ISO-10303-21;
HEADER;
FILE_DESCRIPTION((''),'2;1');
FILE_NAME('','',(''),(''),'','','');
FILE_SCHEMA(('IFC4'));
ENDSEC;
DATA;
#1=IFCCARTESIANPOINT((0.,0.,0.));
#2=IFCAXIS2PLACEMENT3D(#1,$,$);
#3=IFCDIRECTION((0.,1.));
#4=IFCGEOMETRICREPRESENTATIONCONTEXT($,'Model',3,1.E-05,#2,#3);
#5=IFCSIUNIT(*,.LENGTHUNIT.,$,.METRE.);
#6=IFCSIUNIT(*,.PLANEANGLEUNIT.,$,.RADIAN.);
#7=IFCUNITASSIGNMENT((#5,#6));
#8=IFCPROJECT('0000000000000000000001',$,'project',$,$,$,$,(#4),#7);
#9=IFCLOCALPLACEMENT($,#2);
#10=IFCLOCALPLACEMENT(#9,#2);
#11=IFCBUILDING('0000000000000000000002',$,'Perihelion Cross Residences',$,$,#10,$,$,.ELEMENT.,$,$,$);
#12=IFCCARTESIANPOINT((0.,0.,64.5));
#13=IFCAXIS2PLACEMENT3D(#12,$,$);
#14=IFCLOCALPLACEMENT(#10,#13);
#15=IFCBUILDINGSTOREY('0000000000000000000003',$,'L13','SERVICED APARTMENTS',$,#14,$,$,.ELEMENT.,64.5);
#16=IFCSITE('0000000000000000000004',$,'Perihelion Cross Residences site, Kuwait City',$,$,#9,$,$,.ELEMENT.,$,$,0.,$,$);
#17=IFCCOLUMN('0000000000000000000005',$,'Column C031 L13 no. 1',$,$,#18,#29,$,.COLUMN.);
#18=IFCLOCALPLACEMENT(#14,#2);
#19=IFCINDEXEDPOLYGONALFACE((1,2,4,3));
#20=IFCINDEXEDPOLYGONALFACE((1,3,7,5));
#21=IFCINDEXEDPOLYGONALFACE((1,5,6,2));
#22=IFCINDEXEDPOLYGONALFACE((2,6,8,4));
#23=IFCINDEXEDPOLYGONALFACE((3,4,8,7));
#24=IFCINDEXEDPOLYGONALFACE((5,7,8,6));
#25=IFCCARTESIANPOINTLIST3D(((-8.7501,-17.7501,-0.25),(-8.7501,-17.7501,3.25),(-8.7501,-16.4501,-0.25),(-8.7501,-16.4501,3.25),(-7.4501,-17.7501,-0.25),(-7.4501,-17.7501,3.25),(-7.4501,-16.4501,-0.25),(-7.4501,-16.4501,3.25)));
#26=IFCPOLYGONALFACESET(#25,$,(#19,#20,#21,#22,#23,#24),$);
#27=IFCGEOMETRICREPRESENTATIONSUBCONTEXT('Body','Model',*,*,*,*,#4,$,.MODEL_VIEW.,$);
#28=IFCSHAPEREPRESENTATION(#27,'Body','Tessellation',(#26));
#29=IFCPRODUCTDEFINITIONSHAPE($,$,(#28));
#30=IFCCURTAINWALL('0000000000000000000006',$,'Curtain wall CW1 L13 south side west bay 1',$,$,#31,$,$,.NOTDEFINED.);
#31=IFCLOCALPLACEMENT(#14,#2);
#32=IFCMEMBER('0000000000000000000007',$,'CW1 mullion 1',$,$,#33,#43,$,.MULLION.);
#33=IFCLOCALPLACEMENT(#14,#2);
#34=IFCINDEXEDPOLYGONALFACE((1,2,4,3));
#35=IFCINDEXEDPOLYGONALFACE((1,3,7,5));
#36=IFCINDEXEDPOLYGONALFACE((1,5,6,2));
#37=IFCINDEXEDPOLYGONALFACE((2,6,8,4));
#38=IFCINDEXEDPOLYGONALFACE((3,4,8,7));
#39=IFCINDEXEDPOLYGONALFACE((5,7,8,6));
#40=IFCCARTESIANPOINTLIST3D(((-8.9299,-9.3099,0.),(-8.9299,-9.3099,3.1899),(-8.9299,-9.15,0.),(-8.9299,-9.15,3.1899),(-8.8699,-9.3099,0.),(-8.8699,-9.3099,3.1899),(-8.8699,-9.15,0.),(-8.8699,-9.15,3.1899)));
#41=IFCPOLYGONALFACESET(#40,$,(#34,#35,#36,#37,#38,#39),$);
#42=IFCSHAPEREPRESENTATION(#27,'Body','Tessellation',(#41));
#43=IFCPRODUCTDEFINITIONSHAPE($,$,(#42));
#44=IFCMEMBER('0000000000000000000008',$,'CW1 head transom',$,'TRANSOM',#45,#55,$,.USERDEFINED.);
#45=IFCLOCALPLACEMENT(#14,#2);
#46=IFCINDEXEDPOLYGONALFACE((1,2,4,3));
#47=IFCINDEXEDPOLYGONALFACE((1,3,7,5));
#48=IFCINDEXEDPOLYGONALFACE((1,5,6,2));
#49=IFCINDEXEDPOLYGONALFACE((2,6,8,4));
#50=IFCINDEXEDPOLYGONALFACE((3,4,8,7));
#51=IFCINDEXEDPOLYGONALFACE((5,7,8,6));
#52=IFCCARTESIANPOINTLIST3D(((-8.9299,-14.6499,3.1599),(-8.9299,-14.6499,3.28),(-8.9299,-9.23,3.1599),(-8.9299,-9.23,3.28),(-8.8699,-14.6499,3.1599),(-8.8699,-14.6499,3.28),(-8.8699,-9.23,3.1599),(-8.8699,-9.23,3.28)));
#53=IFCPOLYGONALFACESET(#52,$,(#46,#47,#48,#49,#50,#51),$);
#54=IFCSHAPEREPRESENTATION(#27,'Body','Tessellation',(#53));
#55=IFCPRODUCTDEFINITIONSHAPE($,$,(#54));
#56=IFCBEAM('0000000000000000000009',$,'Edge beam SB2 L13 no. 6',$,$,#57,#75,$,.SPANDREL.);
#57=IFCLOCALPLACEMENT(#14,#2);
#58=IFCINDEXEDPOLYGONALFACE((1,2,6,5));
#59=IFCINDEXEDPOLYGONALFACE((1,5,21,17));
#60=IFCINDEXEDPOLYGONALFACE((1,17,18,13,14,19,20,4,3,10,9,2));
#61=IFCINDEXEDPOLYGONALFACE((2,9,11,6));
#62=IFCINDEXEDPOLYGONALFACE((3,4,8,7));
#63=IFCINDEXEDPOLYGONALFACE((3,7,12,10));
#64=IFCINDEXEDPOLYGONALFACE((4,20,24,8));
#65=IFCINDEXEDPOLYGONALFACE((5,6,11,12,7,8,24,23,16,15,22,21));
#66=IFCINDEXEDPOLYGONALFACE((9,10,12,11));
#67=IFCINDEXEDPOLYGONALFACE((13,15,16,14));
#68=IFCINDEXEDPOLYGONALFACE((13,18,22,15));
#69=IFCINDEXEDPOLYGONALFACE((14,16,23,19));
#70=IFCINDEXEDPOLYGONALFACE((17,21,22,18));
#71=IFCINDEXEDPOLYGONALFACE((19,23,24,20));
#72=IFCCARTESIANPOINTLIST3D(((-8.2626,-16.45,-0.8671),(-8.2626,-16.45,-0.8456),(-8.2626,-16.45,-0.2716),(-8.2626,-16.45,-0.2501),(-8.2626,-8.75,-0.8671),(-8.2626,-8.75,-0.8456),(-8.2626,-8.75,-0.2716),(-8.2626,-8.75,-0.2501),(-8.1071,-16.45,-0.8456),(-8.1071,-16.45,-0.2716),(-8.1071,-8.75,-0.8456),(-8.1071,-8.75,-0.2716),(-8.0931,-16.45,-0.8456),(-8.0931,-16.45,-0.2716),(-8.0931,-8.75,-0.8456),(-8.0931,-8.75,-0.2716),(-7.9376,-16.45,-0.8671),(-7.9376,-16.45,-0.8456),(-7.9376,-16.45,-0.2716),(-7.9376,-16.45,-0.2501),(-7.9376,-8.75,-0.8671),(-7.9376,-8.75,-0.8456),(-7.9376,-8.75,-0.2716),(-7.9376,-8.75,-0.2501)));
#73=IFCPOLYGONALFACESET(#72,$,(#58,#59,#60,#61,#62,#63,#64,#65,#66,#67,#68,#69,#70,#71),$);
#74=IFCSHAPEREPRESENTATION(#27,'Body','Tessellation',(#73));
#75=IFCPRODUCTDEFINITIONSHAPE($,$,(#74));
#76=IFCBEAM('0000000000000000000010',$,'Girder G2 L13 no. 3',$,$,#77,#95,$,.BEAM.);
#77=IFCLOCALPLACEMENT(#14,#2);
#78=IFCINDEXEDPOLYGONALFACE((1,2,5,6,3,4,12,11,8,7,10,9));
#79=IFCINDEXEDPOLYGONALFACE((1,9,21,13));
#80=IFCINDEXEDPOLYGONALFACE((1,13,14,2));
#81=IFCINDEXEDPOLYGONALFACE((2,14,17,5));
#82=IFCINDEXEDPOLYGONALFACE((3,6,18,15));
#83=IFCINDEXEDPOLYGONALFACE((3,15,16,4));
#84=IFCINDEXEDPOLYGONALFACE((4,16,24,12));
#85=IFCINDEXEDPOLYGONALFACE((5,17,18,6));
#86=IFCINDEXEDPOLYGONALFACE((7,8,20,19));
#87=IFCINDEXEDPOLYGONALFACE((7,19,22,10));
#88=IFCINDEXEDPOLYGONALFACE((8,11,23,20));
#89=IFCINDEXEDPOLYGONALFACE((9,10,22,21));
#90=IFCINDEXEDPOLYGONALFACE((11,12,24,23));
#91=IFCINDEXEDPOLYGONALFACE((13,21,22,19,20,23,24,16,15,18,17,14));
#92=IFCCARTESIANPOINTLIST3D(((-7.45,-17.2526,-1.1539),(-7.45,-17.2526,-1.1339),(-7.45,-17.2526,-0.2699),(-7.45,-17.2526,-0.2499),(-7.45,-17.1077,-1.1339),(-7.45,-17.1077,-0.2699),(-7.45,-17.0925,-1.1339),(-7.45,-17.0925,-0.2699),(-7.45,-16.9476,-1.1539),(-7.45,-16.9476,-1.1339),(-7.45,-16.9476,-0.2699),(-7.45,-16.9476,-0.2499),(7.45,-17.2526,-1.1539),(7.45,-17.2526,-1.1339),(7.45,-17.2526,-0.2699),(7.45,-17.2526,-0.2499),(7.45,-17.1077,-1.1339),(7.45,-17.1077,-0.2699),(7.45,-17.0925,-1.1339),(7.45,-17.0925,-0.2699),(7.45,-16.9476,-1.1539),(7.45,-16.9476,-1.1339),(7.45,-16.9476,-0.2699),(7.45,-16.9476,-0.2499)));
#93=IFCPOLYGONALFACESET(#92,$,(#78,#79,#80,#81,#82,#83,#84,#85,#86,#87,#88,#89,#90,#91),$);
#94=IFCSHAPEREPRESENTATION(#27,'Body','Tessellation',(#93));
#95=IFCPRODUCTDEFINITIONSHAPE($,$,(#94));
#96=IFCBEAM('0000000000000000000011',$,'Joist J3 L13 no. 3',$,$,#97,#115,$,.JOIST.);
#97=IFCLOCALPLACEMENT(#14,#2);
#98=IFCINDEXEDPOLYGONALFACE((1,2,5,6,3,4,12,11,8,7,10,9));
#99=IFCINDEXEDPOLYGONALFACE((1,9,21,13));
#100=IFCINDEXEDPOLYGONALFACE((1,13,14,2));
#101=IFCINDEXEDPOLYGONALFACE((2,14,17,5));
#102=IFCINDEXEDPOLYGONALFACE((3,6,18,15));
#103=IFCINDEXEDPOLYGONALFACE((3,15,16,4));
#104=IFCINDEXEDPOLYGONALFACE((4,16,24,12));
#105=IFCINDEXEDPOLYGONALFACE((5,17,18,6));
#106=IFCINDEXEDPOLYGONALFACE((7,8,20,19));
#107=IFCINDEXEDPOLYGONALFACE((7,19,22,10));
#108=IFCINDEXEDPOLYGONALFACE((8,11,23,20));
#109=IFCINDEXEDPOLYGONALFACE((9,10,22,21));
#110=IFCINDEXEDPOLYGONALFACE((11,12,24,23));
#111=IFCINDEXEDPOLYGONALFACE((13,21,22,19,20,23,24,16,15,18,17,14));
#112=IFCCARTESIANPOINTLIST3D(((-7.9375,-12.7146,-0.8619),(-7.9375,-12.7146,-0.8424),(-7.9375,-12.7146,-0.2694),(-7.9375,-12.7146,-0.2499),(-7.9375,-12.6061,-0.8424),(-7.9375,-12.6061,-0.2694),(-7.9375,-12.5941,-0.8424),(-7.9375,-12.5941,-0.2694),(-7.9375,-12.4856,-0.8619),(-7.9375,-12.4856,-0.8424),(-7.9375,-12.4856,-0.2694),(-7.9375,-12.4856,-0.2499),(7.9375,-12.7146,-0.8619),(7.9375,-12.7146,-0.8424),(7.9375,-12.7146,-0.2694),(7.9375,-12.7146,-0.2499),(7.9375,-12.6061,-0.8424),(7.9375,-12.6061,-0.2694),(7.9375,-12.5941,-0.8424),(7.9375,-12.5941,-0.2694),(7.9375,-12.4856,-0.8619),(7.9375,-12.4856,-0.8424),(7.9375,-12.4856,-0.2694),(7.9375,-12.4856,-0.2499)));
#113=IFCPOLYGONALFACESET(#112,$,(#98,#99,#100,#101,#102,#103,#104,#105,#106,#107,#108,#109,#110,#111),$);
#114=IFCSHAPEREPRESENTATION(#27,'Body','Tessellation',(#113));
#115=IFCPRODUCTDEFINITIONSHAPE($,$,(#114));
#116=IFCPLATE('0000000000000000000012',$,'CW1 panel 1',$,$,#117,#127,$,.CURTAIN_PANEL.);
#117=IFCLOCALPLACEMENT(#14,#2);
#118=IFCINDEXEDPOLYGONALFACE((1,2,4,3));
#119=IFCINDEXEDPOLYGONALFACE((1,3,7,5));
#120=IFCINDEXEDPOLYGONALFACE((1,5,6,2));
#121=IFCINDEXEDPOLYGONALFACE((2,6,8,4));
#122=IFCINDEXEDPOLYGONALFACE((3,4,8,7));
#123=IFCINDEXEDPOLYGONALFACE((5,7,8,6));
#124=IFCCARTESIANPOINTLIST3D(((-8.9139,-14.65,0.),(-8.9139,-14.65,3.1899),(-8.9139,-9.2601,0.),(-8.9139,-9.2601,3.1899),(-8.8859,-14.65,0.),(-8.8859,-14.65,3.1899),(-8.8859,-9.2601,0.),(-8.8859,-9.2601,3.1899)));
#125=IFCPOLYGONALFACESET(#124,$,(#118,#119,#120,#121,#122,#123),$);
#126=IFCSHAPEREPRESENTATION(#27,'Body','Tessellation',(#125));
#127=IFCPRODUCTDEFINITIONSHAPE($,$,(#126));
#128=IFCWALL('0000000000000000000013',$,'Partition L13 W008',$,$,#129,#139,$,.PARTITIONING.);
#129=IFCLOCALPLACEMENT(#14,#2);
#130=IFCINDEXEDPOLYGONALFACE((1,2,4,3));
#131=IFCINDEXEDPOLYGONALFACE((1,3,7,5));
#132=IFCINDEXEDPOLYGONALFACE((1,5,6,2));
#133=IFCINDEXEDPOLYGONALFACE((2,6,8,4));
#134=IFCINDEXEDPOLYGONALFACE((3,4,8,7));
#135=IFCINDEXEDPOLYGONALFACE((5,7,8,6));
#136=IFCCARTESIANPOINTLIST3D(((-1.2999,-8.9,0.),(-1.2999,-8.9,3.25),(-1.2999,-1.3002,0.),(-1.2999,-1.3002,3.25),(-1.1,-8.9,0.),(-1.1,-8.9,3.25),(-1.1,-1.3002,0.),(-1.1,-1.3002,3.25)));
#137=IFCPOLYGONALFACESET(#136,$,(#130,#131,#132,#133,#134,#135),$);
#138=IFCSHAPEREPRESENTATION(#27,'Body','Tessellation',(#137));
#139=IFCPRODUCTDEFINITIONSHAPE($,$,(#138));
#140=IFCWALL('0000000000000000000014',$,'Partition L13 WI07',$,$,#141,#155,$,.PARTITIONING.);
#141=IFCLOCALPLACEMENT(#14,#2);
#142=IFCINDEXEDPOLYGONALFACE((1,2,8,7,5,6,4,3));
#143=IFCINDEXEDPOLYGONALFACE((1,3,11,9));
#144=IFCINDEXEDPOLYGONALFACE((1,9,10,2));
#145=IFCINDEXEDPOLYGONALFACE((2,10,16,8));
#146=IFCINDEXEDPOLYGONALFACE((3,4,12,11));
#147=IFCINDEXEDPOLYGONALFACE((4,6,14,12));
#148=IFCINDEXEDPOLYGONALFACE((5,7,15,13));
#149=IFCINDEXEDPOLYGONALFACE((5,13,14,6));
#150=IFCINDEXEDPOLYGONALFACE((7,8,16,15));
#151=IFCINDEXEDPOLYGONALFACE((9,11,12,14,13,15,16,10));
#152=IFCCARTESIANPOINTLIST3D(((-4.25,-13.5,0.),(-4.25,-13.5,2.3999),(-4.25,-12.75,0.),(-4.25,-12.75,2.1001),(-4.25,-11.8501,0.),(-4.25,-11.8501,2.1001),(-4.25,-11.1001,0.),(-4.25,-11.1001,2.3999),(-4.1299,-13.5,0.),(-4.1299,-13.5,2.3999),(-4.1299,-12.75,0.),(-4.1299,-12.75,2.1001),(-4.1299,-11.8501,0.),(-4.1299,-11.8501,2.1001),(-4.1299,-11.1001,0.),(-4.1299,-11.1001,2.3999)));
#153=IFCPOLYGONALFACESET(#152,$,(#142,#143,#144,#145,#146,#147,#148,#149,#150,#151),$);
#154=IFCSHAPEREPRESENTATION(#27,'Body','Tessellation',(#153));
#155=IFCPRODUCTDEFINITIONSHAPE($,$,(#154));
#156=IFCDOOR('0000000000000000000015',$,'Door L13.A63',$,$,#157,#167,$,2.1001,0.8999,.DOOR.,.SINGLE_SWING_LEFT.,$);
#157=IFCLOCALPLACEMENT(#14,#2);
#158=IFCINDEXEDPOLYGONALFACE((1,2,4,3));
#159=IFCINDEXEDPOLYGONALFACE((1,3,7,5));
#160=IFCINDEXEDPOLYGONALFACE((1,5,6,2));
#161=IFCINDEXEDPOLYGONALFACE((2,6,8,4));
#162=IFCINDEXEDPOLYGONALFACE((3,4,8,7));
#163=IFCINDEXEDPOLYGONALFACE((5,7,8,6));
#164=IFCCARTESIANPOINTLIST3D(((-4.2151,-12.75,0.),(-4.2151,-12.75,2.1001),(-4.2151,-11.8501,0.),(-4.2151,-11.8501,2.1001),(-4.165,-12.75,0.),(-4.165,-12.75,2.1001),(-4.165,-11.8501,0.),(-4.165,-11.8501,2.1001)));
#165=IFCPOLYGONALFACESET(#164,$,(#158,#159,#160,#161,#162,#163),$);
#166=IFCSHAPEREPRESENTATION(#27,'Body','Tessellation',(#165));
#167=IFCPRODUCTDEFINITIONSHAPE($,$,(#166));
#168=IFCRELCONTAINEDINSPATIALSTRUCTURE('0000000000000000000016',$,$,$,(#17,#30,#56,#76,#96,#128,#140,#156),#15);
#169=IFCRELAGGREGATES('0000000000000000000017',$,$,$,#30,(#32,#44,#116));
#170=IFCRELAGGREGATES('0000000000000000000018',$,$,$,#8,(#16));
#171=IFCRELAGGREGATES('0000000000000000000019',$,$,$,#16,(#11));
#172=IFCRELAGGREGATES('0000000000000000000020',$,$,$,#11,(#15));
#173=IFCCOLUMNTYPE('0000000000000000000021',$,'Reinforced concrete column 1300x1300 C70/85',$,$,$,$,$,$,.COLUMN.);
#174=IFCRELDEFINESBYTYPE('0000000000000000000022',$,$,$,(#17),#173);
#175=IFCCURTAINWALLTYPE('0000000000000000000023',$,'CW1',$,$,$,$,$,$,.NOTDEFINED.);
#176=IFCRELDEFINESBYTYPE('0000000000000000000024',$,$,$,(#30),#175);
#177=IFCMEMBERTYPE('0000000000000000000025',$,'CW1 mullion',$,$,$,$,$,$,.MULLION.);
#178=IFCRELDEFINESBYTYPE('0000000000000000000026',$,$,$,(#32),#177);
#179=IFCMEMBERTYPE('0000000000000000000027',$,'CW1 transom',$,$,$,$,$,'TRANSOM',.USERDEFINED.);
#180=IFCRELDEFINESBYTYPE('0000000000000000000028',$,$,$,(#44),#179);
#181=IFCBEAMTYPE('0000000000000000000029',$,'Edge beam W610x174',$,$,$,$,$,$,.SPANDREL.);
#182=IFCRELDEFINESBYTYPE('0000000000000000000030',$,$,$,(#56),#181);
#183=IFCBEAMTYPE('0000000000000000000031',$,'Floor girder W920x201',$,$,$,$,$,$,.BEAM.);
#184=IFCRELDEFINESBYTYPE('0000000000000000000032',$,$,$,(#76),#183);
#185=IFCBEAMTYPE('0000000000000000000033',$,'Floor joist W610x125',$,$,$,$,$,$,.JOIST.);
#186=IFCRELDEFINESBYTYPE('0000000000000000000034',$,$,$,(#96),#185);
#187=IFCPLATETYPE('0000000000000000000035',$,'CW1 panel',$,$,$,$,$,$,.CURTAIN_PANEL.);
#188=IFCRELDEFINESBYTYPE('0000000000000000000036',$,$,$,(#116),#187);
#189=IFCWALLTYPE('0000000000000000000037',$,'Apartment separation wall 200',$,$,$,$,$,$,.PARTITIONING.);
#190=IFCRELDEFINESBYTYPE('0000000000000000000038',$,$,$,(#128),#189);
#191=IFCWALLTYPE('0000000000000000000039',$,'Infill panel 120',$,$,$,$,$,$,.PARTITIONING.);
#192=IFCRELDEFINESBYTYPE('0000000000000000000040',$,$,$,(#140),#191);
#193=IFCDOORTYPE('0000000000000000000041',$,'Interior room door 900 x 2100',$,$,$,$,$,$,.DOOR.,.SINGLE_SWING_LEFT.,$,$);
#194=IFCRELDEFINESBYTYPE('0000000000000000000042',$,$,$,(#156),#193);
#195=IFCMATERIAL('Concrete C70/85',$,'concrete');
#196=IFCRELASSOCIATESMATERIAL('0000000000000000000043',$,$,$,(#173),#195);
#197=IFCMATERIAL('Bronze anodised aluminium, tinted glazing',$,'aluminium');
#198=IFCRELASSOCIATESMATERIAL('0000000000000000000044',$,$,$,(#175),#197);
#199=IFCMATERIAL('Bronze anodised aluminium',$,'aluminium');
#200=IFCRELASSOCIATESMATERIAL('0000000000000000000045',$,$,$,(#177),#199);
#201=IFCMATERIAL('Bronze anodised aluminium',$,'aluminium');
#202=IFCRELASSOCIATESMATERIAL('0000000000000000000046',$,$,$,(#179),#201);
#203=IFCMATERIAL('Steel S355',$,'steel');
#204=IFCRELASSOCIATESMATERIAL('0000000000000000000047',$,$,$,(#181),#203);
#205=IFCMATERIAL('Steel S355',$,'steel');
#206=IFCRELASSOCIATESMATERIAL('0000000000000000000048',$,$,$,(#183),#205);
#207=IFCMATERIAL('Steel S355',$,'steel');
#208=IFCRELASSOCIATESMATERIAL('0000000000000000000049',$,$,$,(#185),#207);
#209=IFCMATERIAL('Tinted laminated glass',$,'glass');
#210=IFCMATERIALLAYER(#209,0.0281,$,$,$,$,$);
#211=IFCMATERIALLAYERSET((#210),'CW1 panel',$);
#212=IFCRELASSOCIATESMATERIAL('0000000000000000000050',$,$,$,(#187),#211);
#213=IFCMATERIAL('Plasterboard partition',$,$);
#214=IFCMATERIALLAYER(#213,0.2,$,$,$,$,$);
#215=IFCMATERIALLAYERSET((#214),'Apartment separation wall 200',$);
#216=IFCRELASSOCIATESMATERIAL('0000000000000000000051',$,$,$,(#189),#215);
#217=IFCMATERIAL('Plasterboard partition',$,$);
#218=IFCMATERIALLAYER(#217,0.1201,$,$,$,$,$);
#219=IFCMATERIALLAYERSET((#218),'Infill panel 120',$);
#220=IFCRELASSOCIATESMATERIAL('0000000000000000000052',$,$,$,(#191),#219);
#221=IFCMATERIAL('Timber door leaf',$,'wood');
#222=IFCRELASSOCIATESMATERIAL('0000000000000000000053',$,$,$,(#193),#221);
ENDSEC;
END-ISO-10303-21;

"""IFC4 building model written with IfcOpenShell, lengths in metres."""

from ifc_helpers import new_model, si_unit, direction, frame, frame_2d, origin, origin_2d, place, context, subcontext, project, spatial, rectangle, i_section, extrude, material, layer, layer_set, material_profile, profile_set, type_object, element, fill, aggregate, save


model = new_model("IFC4")

# Units and contexts
model_context = context("Model", 3, precision=1e-05, world=origin(), true_north=direction((0.0, 1.0)))
body_context = subcontext(model_context, "Body", "Model", "MODEL_VIEW")
ifc_project = project(units=[si_unit("LENGTHUNIT", "METRE"), si_unit("PLANEANGLEUNIT", "RADIAN")], contexts=[model_context])

# Site, building, storey
site_placement = place(None, origin())
site = spatial("IfcSite", under=ifc_project, at=site_placement, Name="Perihelion Cross Residences site, Kuwait City", CompositionType="ELEMENT", RefElevation=0.0)
building_placement = place(site_placement, origin())
building = spatial("IfcBuilding", under=site, at=building_placement, Name="Perihelion Cross Residences", CompositionType="ELEMENT")
storey_placement = place(building_placement, frame((0.0, 0.0, 64.5)))
storey = spatial("IfcBuildingStorey", under=building, at=storey_placement, Name="L13", Description="SERVICED APARTMENTS", CompositionType="ELEMENT", Elevation=64.5)

# Column
ifc_material_1 = material(Name="Concrete C70/85", Category="concrete")
ifc_material_profile_1 = material_profile(ifc_material_1, rectangle(XDim=1.3, YDim=1.3, at=origin_2d()), Name="RC 1300x1300")
ifc_profile_set_1 = profile_set([ifc_material_profile_1], Name="Concrete C70/85")
column_type = type_object("IfcColumnType", Name="Reinforced concrete column 1300x1300 C70/85", PredefinedType="COLUMN", material=ifc_profile_set_1)
column_placement = place(storey_placement, frame((-8.1001, -17.1001, -0.25), z_axis=(0.0, 0.0, 1.0), x_axis=(1.0, 0.0, 0.0)))
element("IfcColumn", 1, at=column_placement, inside=storey, type_object=column_type, Name="Column C031 L13 no. 1", PredefinedType="COLUMN", context=body_context, shape_type="SweptSolid", body=[
    extrude(rectangle(XDim=1.3, YDim=1.3, at=origin_2d()), origin(), (0.0, 0.0, 1.0), 3.5),
])

# Curtain wall, members
ifc_material_2 = material(Name="Bronze anodised aluminium, tinted glazing", Category="aluminium")
curtain_wall_type = type_object("IfcCurtainWallType", Name="CW1", PredefinedType="NOTDEFINED", material=ifc_material_2)
curtain_wall_placement = place(storey_placement, origin())
curtain_wall = element("IfcCurtainWall", 2, at=curtain_wall_placement, inside=storey, type_object=curtain_wall_type, Name="Curtain wall CW1 L13 south side west bay 1", PredefinedType="NOTDEFINED")
ifc_material_3 = material(Name="Bronze anodised aluminium", Category="aluminium")
ifc_material_profile_2 = material_profile(ifc_material_3, rectangle(XDim=0.0601, YDim=0.1599, at=origin_2d()), Name="CW1 mullion")
ifc_profile_set_2 = profile_set([ifc_material_profile_2], Name="Bronze anodised aluminium")
member_type_1 = type_object("IfcMemberType", Name="CW1 mullion", PredefinedType="MULLION", material=ifc_profile_set_2)
member_1_placement = place(storey_placement, frame((-8.8999, -9.23, 0.0), z_axis=(0.0, 0.0, 1.0), x_axis=(1.0, 0.0, 0.0)))
member_1 = element("IfcMember", 3, at=member_1_placement, type_object=member_type_1, Name="CW1 mullion 1", PredefinedType="MULLION", context=body_context, shape_type="SweptSolid", body=[
    extrude(rectangle(XDim=0.0601, YDim=0.1599, at=origin_2d()), origin(), (0.0, 0.0, 1.0), 3.1899),
])
ifc_material_4 = material(Name="Bronze anodised aluminium", Category="aluminium")
ifc_material_profile_3 = material_profile(ifc_material_4, rectangle(XDim=0.0601, YDim=0.1201, at=origin_2d()), Name="CW1 transom")
ifc_profile_set_3 = profile_set([ifc_material_profile_3], Name="Bronze anodised aluminium")
member_type_2 = type_object("IfcMemberType", Name="CW1 transom", ElementType="TRANSOM", PredefinedType="USERDEFINED", material=ifc_profile_set_3)
member_2_placement = place(storey_placement, frame((-8.8999, -9.23, 3.22), z_axis=(0.0, -1.0, 0.0), x_axis=(1.0, 0.0, 0.0)))
member_2 = element("IfcMember", 4, at=member_2_placement, type_object=member_type_2, Name="CW1 head transom", ObjectType="TRANSOM", PredefinedType="USERDEFINED", context=body_context, shape_type="SweptSolid", body=[
    extrude(rectangle(XDim=0.0601, YDim=0.1201, at=origin_2d()), origin(), (0.0, 0.0, 1.0), 5.4199),
])

# Beams
ifc_material_5 = material(Name="Steel S355", Category="steel")
ifc_material_profile_4 = material_profile(ifc_material_5, i_section(OverallWidth=0.325, OverallDepth=0.6169, WebThickness=0.0139, FlangeThickness=0.0215, at=origin_2d()), Name="W610x174")
ifc_profile_set_4 = profile_set([ifc_material_profile_4], Name="Steel S355")
beam_type_1 = type_object("IfcBeamType", Name="Edge beam W610x174", PredefinedType="SPANDREL", material=ifc_profile_set_4)
beam_1_placement = place(storey_placement, frame((-8.1001, -8.75, -0.5586), z_axis=(0.0, -1.0, 0.0), x_axis=(1.0, 0.0, 0.0)))
element("IfcBeam", 5, at=beam_1_placement, inside=storey, type_object=beam_type_1, Name="Edge beam SB2 L13 no. 6", PredefinedType="SPANDREL", context=body_context, shape_type="SweptSolid", body=[
    extrude(i_section(OverallWidth=0.325, OverallDepth=0.6169, WebThickness=0.0139, FlangeThickness=0.0215, at=origin_2d()), origin(), (0.0, 0.0, 1.0), 7.7),
])
ifc_material_6 = material(Name="Steel S355", Category="steel")
ifc_material_profile_5 = material_profile(ifc_material_6, i_section(OverallWidth=0.3049, OverallDepth=0.9041, WebThickness=0.0151, FlangeThickness=0.02, at=origin_2d()), Name="W920x201")
ifc_profile_set_5 = profile_set([ifc_material_profile_5], Name="Steel S355")
beam_type_2 = type_object("IfcBeamType", Name="Floor girder W920x201", PredefinedType="BEAM", material=ifc_profile_set_5)
beam_2_placement = place(storey_placement, frame((-7.45, -17.1001, -0.7019), z_axis=(1.0, 0.0, 0.0), x_axis=(0.0, 1.0, 0.0)))
element("IfcBeam", 6, at=beam_2_placement, inside=storey, type_object=beam_type_2, Name="Girder G2 L13 no. 3", PredefinedType="BEAM", context=body_context, shape_type="SweptSolid", body=[
    extrude(i_section(OverallWidth=0.3049, OverallDepth=0.9041, WebThickness=0.0151, FlangeThickness=0.02, at=origin_2d()), origin(), (0.0, 0.0, 1.0), 14.8999),
])
ifc_material_7 = material(Name="Steel S355", Category="steel")
ifc_material_profile_6 = material_profile(ifc_material_7, i_section(OverallWidth=0.229, OverallDepth=0.6121, WebThickness=0.012, FlangeThickness=0.0195, at=origin_2d()), Name="W610x125")
ifc_profile_set_6 = profile_set([ifc_material_profile_6], Name="Steel S355")
beam_type_3 = type_object("IfcBeamType", Name="Floor joist W610x125", PredefinedType="JOIST", material=ifc_profile_set_6)
beam_3_placement = place(storey_placement, frame((-7.9375, -12.6001, -0.5559), z_axis=(1.0, 0.0, 0.0), x_axis=(0.0, 1.0, 0.0)))
element("IfcBeam", 7, at=beam_3_placement, inside=storey, type_object=beam_type_3, Name="Joist J3 L13 no. 3", PredefinedType="JOIST", context=body_context, shape_type="SweptSolid", body=[
    extrude(i_section(OverallWidth=0.229, OverallDepth=0.6121, WebThickness=0.012, FlangeThickness=0.0195, at=origin_2d()), origin(), (0.0, 0.0, 1.0), 15.875),
])

# Plate
ifc_material_8 = material(Name="Tinted laminated glass", Category="glass")
ifc_layer_1 = layer(ifc_material_8, 0.0281)
ifc_layer_set_1 = layer_set([ifc_layer_1], Name="CW1 panel")
plate_type = type_object("IfcPlateType", Name="CW1 panel", PredefinedType="CURTAIN_PANEL", material=ifc_layer_set_1)
plate_placement = place(storey_placement, frame((-8.8999, -11.9551, 0.0), z_axis=(0.0, 0.0, 1.0), x_axis=(0.0, -1.0, 0.0)))
plate = element("IfcPlate", 8, at=plate_placement, type_object=plate_type, Name="CW1 panel 1", PredefinedType="CURTAIN_PANEL", context=body_context, shape_type="SweptSolid", body=[
    extrude(rectangle(XDim=5.3899, YDim=0.0281, at=origin_2d()), origin(), (0.0, 0.0, 1.0), 3.1899),
])
aggregate(curtain_wall, [member_1, member_2, plate])

# Wall
ifc_material_9 = material(Name="Plasterboard partition")
ifc_layer_2 = layer(ifc_material_9, 0.2)
ifc_layer_set_2 = layer_set([ifc_layer_2], Name="Apartment separation wall 200")
wall_type_1 = type_object("IfcWallType", Name="Apartment separation wall 200", PredefinedType="PARTITIONING", material=ifc_layer_set_2)
wall_1_placement = place(storey_placement, frame((-1.2, -8.8999, 0.0), z_axis=(0.0, 0.0, 1.0), x_axis=(0.0, 1.0, 0.0)))
element("IfcWall", 9, at=wall_1_placement, inside=storey, type_object=wall_type_1, Name="Partition L13 W008", PredefinedType="PARTITIONING", context=body_context, shape_type="SweptSolid", body=[
    extrude(rectangle(XDim=7.5999, YDim=0.2, at=frame_2d((3.7998, 0.0))), origin(), (0.0, 0.0, 1.0), 3.25),
])

# Wall, opening, door
ifc_material_10 = material(Name="Plasterboard partition")
ifc_layer_3 = layer(ifc_material_10, 0.1201)
ifc_layer_set_3 = layer_set([ifc_layer_3], Name="Infill panel 120")
wall_type_2 = type_object("IfcWallType", Name="Infill panel 120", PredefinedType="PARTITIONING", material=ifc_layer_set_3)
wall_2_placement = place(storey_placement, frame((-4.1899, -11.1001, 0.0), z_axis=(0.0, 0.0, 1.0), x_axis=(0.0, -1.0, 0.0)))
wall_2 = element("IfcWall", 10, at=wall_2_placement, inside=storey, type_object=wall_type_2, Name="Partition L13 WI07", PredefinedType="PARTITIONING", context=body_context, shape_type="SweptSolid", body=[
    extrude(rectangle(XDim=2.3999, YDim=0.1201, at=frame_2d((1.2, 0.0))), origin(), (0.0, 0.0, 1.0), 2.3999),
])
opening_1_placement = place(wall_2_placement, frame((0.75, 0.0, 0.0)))
opening_1 = element("IfcOpeningElement", 11, at=opening_1_placement, cuts=wall_2, PredefinedType="OPENING", context=body_context, shape_type="SweptSolid", body=[
    extrude(rectangle(XDim=0.8999, YDim=2.1001, at=frame_2d((0.45, 1.05))), frame((0.0, 0.0701, 0.0), z_axis=(0.0, -1.0, 0.0), x_axis=(1.0, 0.0, 0.0)), (0.0, 0.0, 1.0), 0.1401),
])
ifc_material_11 = material(Name="Timber door leaf", Category="wood")
door_type_1 = type_object("IfcDoorType", Name="Interior room door 900 x 2100", OperationType="SINGLE_SWING_LEFT", PredefinedType="DOOR", material=ifc_material_11)
door_1_placement = place(opening_1_placement, origin())
door_1 = element("IfcDoor", 12, at=door_1_placement, inside=storey, type_object=door_type_1, Name="Door L13.A63", OperationType="SINGLE_SWING_LEFT", OverallHeight=2.1001, OverallWidth=0.8999, PredefinedType="DOOR", context=body_context, shape_type="SweptSolid", body=[
    extrude(rectangle(XDim=0.8999, YDim=2.1001, at=frame_2d((0.45, 1.05))), frame((0.0, 0.0249, 0.0), z_axis=(0.0, -1.0, 0.0), x_axis=(1.0, 0.0, 0.0)), (0.0, 0.0, 1.0), 0.05),
])
fill(opening_1, door_1)

save(model, "model.ifc")
